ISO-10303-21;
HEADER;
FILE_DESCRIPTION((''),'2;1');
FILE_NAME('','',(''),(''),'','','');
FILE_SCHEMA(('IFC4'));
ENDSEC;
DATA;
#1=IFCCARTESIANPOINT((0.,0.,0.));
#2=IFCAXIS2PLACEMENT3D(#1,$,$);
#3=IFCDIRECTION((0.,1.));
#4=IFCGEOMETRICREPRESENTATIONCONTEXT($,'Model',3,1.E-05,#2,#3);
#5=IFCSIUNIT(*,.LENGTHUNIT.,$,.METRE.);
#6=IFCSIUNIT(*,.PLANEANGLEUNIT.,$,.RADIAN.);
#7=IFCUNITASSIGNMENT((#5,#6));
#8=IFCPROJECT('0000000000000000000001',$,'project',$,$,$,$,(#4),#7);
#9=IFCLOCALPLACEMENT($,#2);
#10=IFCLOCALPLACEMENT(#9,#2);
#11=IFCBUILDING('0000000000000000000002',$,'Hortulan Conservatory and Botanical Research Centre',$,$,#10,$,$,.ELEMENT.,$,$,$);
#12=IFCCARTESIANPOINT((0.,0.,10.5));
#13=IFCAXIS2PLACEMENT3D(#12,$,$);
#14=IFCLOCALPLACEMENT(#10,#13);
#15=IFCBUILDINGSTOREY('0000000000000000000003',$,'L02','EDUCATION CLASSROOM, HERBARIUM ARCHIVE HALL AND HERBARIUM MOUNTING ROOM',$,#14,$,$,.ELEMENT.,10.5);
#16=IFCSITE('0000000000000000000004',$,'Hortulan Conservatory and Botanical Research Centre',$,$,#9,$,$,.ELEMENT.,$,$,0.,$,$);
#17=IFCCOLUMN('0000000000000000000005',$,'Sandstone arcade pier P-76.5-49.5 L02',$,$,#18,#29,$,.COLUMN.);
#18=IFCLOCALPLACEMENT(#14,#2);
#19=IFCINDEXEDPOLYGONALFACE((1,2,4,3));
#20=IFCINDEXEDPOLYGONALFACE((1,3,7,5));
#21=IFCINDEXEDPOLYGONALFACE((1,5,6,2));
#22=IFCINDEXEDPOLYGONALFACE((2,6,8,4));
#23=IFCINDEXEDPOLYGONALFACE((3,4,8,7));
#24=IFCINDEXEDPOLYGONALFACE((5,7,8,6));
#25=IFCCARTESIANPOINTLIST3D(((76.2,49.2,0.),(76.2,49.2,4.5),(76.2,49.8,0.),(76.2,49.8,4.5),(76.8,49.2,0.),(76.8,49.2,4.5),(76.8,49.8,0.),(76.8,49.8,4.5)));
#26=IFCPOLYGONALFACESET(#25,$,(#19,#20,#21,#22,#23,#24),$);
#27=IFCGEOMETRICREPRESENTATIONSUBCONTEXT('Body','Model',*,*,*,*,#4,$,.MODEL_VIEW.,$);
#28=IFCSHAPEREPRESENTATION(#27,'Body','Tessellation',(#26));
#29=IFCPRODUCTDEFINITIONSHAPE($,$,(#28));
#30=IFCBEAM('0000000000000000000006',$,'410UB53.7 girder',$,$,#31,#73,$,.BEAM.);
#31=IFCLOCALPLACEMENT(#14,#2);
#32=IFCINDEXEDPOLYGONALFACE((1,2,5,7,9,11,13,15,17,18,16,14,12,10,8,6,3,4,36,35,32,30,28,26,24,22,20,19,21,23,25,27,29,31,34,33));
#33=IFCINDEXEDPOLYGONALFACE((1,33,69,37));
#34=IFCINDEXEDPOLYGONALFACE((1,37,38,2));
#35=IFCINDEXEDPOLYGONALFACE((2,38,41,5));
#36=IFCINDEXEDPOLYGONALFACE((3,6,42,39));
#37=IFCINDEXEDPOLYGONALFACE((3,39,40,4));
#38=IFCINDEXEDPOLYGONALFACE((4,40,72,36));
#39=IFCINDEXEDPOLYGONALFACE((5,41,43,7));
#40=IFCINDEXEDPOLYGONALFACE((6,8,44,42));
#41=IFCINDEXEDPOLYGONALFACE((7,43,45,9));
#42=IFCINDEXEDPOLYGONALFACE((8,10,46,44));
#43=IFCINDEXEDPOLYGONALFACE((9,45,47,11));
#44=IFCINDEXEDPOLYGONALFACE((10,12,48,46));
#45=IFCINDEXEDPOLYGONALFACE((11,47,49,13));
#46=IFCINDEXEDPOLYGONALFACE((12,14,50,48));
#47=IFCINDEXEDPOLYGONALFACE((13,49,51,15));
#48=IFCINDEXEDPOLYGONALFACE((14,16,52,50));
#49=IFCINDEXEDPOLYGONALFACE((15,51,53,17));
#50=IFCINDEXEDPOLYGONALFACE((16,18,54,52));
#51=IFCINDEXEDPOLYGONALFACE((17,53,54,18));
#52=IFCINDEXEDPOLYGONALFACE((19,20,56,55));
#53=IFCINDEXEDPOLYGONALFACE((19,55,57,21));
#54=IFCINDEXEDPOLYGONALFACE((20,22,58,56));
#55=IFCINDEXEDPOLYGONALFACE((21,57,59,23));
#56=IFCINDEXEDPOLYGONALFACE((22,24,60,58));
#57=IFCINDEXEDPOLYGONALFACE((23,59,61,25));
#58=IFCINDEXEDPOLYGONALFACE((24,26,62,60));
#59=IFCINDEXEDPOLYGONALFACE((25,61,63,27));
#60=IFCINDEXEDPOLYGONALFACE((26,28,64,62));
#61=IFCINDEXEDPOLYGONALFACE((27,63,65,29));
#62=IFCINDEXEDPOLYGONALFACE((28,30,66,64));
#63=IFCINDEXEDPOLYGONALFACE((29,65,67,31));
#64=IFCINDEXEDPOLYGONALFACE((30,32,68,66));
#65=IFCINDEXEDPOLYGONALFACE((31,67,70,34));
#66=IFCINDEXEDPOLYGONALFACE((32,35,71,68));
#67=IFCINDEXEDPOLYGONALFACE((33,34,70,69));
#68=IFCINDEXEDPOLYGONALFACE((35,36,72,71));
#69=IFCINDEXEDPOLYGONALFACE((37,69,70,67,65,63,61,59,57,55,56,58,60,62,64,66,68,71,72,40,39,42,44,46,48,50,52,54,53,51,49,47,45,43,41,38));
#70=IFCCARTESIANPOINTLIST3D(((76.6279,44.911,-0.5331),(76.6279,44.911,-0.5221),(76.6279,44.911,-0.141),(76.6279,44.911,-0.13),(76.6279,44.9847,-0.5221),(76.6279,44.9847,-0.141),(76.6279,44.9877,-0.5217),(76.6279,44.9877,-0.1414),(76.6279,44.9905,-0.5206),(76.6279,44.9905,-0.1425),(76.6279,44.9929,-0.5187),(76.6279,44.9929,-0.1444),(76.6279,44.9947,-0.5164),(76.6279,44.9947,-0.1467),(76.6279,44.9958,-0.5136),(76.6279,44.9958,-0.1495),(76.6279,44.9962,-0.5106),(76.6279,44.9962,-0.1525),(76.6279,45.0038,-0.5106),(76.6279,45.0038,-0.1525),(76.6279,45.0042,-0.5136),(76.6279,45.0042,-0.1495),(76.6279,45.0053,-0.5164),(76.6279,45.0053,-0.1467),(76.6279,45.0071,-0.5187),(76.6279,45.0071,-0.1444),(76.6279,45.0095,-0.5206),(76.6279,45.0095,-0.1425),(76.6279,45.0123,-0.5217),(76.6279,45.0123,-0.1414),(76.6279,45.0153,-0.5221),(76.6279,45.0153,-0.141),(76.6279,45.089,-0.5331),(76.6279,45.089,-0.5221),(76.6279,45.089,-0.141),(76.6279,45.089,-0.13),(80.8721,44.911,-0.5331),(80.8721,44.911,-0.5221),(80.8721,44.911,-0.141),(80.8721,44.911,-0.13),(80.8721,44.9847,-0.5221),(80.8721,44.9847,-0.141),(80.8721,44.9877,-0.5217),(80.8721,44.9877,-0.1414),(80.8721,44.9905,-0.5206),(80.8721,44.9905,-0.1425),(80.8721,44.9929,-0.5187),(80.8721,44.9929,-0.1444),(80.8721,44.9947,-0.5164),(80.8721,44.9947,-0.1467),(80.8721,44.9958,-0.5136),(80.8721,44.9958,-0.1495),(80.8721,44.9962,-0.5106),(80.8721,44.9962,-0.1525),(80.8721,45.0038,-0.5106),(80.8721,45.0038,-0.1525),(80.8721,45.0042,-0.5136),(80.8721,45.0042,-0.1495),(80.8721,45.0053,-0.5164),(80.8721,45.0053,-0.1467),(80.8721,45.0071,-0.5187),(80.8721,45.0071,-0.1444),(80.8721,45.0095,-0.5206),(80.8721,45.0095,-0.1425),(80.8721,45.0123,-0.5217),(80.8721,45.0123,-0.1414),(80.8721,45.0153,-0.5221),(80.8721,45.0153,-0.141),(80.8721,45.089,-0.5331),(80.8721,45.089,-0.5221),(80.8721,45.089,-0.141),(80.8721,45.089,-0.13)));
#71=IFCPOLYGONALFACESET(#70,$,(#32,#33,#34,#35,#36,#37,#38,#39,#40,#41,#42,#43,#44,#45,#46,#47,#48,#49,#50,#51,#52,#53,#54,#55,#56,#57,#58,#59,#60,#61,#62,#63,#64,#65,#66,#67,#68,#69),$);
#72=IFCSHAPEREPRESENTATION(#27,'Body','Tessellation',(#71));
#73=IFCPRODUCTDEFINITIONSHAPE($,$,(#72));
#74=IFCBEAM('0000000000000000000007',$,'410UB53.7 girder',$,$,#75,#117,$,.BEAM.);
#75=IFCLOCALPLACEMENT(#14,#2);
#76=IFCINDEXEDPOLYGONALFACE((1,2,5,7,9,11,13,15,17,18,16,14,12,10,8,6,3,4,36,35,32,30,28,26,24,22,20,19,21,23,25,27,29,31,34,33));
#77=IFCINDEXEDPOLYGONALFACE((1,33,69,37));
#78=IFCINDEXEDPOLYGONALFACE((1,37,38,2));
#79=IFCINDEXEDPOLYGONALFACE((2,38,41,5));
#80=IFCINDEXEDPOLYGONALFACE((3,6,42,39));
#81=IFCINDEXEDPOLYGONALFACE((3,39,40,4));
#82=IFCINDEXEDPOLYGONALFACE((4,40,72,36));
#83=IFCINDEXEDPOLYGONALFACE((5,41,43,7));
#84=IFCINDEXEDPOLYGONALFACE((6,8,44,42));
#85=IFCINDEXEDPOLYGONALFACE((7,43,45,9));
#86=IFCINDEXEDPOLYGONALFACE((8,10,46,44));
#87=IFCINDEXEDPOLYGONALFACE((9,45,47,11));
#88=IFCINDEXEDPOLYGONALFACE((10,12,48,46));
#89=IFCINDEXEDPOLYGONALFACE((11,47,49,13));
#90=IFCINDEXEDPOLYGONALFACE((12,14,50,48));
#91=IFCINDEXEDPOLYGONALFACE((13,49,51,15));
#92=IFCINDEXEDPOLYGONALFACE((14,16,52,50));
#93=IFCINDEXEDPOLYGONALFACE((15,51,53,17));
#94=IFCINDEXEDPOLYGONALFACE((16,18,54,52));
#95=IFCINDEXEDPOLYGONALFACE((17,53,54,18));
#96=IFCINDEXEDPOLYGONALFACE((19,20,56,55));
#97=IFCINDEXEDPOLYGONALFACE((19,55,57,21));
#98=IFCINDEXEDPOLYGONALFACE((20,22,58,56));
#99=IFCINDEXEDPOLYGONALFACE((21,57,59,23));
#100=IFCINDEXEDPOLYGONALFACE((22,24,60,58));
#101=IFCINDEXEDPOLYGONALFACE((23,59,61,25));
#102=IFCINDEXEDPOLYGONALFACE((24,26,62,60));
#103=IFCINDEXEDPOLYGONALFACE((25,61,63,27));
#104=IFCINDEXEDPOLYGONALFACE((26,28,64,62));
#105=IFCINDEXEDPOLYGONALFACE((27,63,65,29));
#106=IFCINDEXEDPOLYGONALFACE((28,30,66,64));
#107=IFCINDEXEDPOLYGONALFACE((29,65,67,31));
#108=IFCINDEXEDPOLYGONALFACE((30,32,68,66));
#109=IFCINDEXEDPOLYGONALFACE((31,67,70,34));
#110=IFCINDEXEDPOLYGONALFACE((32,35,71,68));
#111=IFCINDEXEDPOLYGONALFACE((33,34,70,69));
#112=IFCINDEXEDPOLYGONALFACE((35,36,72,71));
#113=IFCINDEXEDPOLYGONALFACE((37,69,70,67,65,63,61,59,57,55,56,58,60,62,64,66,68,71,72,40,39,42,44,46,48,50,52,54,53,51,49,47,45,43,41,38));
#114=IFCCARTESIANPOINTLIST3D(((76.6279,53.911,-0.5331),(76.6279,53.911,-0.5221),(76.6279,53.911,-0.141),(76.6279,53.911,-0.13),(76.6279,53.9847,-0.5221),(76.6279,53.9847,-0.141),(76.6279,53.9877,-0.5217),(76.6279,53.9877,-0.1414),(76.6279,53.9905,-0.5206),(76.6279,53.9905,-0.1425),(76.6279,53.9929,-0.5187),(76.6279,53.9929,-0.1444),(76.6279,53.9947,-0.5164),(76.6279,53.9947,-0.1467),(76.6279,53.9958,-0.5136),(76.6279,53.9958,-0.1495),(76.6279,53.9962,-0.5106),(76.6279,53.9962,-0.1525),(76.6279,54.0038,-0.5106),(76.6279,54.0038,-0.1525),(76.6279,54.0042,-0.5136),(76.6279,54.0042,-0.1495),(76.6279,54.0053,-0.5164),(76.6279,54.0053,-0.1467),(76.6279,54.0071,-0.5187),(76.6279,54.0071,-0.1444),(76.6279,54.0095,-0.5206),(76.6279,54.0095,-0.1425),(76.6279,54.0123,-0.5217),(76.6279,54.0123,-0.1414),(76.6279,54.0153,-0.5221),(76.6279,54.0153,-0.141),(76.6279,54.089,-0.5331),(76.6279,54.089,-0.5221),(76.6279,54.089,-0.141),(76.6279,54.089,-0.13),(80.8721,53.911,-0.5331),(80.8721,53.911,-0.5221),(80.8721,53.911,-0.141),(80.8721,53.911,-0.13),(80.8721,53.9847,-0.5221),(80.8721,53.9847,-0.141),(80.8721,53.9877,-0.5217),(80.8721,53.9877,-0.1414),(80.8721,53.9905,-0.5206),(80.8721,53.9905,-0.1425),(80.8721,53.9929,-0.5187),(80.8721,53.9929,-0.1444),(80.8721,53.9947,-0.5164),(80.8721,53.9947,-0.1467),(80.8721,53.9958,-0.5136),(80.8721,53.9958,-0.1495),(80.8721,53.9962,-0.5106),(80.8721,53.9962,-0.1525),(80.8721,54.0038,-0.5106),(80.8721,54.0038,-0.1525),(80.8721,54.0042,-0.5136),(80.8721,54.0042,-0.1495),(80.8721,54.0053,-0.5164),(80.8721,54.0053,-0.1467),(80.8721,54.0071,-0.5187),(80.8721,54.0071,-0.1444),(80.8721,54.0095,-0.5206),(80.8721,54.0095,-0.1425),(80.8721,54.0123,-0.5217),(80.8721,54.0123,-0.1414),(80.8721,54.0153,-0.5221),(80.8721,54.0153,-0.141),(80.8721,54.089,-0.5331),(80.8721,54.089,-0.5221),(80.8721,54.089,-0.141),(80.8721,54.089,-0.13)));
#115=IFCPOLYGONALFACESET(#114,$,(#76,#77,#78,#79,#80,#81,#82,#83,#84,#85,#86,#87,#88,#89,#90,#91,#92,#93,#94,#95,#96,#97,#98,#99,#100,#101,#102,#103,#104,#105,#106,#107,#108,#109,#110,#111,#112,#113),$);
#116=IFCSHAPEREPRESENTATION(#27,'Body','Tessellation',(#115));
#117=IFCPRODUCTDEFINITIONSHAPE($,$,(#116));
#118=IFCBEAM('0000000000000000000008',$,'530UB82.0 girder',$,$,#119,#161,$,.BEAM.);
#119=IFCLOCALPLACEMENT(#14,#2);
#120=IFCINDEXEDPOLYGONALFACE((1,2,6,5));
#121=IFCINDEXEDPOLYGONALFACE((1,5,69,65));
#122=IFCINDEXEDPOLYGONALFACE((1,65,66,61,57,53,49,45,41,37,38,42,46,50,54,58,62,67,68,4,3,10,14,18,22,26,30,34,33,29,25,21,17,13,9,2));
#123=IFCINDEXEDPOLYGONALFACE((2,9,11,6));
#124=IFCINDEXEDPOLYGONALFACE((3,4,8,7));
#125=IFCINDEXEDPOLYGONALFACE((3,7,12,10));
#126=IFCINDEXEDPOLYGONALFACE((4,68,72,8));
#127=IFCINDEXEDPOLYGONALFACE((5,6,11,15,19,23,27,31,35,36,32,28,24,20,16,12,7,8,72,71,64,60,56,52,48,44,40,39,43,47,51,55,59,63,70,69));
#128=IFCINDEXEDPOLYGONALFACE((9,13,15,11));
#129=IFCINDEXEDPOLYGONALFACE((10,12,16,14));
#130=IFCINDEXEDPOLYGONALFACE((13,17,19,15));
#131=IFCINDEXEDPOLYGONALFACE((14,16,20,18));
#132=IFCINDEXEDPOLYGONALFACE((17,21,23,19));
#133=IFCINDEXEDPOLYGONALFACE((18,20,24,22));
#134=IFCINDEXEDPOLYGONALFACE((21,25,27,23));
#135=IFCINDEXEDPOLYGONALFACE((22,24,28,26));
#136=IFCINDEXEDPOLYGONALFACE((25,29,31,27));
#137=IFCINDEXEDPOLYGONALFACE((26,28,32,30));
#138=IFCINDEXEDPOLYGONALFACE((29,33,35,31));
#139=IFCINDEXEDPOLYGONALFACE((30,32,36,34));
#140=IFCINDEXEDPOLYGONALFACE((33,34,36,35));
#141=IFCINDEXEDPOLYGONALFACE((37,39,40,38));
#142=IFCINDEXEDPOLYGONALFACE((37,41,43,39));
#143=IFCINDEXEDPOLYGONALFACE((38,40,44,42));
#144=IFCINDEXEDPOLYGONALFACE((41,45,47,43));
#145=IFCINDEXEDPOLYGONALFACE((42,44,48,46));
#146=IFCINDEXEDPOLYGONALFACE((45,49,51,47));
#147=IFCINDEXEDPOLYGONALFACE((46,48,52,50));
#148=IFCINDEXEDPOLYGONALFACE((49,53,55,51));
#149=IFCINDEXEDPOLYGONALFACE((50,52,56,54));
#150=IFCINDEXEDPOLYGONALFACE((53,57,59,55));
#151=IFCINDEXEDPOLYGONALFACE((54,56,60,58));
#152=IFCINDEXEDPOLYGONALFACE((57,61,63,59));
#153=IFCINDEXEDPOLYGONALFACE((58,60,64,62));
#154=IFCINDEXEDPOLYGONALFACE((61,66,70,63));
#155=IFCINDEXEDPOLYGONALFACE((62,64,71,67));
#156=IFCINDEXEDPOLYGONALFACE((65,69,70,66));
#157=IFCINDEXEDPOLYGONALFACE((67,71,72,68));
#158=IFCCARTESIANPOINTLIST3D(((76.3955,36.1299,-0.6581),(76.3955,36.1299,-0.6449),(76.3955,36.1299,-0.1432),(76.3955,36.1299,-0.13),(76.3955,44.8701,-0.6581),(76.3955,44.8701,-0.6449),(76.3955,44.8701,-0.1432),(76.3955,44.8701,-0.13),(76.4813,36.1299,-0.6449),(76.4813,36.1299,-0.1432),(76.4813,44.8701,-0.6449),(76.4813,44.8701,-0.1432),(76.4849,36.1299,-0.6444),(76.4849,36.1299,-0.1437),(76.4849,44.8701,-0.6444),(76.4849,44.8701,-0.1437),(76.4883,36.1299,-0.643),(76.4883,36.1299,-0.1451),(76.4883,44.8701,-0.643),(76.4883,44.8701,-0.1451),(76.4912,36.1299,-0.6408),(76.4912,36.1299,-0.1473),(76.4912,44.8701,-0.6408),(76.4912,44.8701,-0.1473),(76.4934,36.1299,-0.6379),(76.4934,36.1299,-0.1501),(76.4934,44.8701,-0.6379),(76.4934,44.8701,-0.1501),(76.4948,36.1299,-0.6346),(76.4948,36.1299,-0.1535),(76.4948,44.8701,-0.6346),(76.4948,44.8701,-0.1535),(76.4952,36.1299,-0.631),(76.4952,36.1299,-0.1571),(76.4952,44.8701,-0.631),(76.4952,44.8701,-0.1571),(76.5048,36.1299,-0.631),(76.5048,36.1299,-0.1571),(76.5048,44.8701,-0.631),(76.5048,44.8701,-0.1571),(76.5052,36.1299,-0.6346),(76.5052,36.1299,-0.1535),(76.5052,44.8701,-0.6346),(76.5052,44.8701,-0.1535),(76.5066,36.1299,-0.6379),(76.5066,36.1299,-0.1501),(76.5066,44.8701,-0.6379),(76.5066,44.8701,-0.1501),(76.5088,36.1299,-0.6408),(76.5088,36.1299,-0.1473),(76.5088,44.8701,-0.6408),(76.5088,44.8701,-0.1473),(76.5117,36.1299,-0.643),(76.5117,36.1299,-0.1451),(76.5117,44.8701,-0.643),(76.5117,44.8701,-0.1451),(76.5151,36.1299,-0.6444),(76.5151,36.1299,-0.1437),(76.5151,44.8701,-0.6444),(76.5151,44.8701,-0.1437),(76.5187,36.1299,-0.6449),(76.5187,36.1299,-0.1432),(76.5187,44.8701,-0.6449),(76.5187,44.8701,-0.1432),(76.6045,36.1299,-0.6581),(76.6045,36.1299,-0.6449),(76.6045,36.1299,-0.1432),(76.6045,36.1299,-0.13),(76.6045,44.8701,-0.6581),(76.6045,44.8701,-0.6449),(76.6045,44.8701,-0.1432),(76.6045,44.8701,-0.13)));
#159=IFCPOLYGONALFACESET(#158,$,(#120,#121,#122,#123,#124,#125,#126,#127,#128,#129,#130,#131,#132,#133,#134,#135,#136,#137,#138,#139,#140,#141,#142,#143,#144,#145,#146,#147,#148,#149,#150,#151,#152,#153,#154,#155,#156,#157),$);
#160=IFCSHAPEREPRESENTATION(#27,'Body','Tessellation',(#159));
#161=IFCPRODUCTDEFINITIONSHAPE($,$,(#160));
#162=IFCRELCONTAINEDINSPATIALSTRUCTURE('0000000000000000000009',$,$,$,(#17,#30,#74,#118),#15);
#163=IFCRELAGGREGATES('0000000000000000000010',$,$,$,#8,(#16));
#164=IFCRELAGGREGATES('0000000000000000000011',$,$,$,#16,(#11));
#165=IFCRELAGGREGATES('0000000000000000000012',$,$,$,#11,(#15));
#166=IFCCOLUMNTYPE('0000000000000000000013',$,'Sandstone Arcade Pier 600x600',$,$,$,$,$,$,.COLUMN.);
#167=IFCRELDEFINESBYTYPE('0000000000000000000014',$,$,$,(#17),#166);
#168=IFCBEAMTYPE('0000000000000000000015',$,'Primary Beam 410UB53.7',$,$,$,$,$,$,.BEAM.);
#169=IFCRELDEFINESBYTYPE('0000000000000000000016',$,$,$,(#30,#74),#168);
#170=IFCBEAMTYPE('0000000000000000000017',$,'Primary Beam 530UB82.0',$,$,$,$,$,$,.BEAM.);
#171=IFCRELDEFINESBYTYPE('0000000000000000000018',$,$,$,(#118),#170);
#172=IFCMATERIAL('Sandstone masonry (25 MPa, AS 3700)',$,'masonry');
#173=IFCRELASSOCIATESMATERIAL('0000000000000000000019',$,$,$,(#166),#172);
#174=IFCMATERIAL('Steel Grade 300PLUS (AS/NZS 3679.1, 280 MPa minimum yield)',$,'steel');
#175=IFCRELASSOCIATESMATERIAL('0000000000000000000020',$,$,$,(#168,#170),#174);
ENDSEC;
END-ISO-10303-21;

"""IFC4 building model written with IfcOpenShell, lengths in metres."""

from ifc_helpers import new_model, si_unit, direction, frame, origin, origin_2d, place, context, subcontext, project, spatial, rectangle, i_section, extrude, material, material_profile, profile_set, type_object, element, save


model = new_model("IFC4")

# Units and contexts
model_context = context("Model", 3, precision=1e-05, world=origin(), true_north=direction((0.0, 1.0)))
body_context = subcontext(model_context, "Body", "Model", "MODEL_VIEW")
ifc_project = project(units=[si_unit("LENGTHUNIT", "METRE"), si_unit("PLANEANGLEUNIT", "RADIAN")], contexts=[model_context])

# Site, building, storey
site_placement = place(None, origin())
site = spatial("IfcSite", under=ifc_project, at=site_placement, Name="Hortulan Conservatory and Botanical Research Centre", CompositionType="ELEMENT", RefElevation=0.0)
building_placement = place(site_placement, origin())
building = spatial("IfcBuilding", under=site, at=building_placement, Name="Hortulan Conservatory and Botanical Research Centre", CompositionType="ELEMENT")
storey_placement = place(building_placement, frame((0.0, 0.0, 10.5)))
storey = spatial("IfcBuildingStorey", under=building, at=storey_placement, Name="L02", Description="EDUCATION CLASSROOM, HERBARIUM ARCHIVE HALL AND HERBARIUM MOUNTING ROOM", CompositionType="ELEMENT", Elevation=10.5)

# Column
ifc_material_1 = material(Name="Steel Grade 300PLUS (AS/NZS 3679.1, 280 MPa minimum yield)", Category="steel")
ifc_material_2 = material(Name="Sandstone masonry (25 MPa, AS 3700)", Category="masonry")
ifc_material_profile_1 = material_profile(ifc_material_2, rectangle(XDim=0.6001, YDim=0.6001, at=origin_2d()), Name="Square pier 600")
ifc_profile_set_1 = profile_set([ifc_material_profile_1], Name="Sandstone masonry (25 MPa, AS 3700)")
column_type_1 = type_object("IfcColumnType", Name="Sandstone Arcade Pier 600x600", PredefinedType="COLUMN", material=ifc_profile_set_1)
for number, where, z_axis, x_axis, name in (
    (1, (76.5, 49.5, 0.0), (0.0, 0.0, 1.0), (1.0, 0.0, 0.0), "Sandstone arcade pier P-76.5-49.5 L02"),
):
    element("IfcColumn", number, at=place(storey_placement, frame(where, z_axis=z_axis, x_axis=x_axis)), inside=storey, type_object=column_type_1, Name=name, PredefinedType="COLUMN", context=body_context, shape_type="SweptSolid", body=[
        extrude(rectangle(XDim=0.6001, YDim=0.6001, at=origin_2d()), origin(), (0.0, 0.0, 1.0), 4.5),
    ])

# Beams
ifc_material_profile_2 = material_profile(ifc_material_1, i_section(OverallWidth=0.178, OverallDepth=0.4031, WebThickness=0.0076, FlangeThickness=0.011, FilletRadius=0.0115, at=origin_2d()), Name="410UB53.7")
ifc_profile_set_2 = profile_set([ifc_material_profile_2], Name="Steel Grade 300PLUS (AS/NZS 3679.1, 280 MPa minimum yield)")
beam_type_1 = type_object("IfcBeamType", Name="Primary Beam 410UB53.7", PredefinedType="BEAM", material=ifc_profile_set_2)
for number, where, z_axis, x_axis, name in (
    (2, (76.6279, 45.0, -0.3315), (1.0, 0.0, 0.0), (0.0, 1.0, 0.0), "410UB53.7 girder"),
    (3, (76.6279, 54.0, -0.3315), (1.0, 0.0, 0.0), (0.0, 1.0, 0.0), "410UB53.7 girder"),
):
    element("IfcBeam", number, at=place(storey_placement, frame(where, z_axis=z_axis, x_axis=x_axis)), inside=storey, type_object=beam_type_1, Name=name, PredefinedType="BEAM", context=body_context, shape_type="SweptSolid", body=[
        extrude(i_section(OverallWidth=0.178, OverallDepth=0.4031, WebThickness=0.0076, FlangeThickness=0.011, FilletRadius=0.0115, at=origin_2d()), origin(), (0.0, 0.0, 1.0), 4.2441),
    ])
ifc_material_profile_3 = material_profile(ifc_material_1, i_section(OverallWidth=0.209, OverallDepth=0.5281, WebThickness=0.0095, FlangeThickness=0.0132, FilletRadius=0.0139, at=origin_2d()), Name="530UB82.0")
ifc_profile_set_3 = profile_set([ifc_material_profile_3], Name="Steel Grade 300PLUS (AS/NZS 3679.1, 280 MPa minimum yield)")
beam_type_2 = type_object("IfcBeamType", Name="Primary Beam 530UB82.0", PredefinedType="BEAM", material=ifc_profile_set_3)
for number, where, z_axis, x_axis, name in (
    (4, (76.5, 36.1299, -0.394), (0.0, 1.0, 0.0), (-1.0, 0.0, 0.0), "530UB82.0 girder"),
):
    element("IfcBeam", number, at=place(storey_placement, frame(where, z_axis=z_axis, x_axis=x_axis)), inside=storey, type_object=beam_type_2, Name=name, PredefinedType="BEAM", context=body_context, shape_type="SweptSolid", body=[
        extrude(i_section(OverallWidth=0.209, OverallDepth=0.5281, WebThickness=0.0095, FlangeThickness=0.0132, FilletRadius=0.0139, at=origin_2d()), origin(), (0.0, 0.0, 1.0), 8.7402),
    ])

save(model, "model.ifc")
